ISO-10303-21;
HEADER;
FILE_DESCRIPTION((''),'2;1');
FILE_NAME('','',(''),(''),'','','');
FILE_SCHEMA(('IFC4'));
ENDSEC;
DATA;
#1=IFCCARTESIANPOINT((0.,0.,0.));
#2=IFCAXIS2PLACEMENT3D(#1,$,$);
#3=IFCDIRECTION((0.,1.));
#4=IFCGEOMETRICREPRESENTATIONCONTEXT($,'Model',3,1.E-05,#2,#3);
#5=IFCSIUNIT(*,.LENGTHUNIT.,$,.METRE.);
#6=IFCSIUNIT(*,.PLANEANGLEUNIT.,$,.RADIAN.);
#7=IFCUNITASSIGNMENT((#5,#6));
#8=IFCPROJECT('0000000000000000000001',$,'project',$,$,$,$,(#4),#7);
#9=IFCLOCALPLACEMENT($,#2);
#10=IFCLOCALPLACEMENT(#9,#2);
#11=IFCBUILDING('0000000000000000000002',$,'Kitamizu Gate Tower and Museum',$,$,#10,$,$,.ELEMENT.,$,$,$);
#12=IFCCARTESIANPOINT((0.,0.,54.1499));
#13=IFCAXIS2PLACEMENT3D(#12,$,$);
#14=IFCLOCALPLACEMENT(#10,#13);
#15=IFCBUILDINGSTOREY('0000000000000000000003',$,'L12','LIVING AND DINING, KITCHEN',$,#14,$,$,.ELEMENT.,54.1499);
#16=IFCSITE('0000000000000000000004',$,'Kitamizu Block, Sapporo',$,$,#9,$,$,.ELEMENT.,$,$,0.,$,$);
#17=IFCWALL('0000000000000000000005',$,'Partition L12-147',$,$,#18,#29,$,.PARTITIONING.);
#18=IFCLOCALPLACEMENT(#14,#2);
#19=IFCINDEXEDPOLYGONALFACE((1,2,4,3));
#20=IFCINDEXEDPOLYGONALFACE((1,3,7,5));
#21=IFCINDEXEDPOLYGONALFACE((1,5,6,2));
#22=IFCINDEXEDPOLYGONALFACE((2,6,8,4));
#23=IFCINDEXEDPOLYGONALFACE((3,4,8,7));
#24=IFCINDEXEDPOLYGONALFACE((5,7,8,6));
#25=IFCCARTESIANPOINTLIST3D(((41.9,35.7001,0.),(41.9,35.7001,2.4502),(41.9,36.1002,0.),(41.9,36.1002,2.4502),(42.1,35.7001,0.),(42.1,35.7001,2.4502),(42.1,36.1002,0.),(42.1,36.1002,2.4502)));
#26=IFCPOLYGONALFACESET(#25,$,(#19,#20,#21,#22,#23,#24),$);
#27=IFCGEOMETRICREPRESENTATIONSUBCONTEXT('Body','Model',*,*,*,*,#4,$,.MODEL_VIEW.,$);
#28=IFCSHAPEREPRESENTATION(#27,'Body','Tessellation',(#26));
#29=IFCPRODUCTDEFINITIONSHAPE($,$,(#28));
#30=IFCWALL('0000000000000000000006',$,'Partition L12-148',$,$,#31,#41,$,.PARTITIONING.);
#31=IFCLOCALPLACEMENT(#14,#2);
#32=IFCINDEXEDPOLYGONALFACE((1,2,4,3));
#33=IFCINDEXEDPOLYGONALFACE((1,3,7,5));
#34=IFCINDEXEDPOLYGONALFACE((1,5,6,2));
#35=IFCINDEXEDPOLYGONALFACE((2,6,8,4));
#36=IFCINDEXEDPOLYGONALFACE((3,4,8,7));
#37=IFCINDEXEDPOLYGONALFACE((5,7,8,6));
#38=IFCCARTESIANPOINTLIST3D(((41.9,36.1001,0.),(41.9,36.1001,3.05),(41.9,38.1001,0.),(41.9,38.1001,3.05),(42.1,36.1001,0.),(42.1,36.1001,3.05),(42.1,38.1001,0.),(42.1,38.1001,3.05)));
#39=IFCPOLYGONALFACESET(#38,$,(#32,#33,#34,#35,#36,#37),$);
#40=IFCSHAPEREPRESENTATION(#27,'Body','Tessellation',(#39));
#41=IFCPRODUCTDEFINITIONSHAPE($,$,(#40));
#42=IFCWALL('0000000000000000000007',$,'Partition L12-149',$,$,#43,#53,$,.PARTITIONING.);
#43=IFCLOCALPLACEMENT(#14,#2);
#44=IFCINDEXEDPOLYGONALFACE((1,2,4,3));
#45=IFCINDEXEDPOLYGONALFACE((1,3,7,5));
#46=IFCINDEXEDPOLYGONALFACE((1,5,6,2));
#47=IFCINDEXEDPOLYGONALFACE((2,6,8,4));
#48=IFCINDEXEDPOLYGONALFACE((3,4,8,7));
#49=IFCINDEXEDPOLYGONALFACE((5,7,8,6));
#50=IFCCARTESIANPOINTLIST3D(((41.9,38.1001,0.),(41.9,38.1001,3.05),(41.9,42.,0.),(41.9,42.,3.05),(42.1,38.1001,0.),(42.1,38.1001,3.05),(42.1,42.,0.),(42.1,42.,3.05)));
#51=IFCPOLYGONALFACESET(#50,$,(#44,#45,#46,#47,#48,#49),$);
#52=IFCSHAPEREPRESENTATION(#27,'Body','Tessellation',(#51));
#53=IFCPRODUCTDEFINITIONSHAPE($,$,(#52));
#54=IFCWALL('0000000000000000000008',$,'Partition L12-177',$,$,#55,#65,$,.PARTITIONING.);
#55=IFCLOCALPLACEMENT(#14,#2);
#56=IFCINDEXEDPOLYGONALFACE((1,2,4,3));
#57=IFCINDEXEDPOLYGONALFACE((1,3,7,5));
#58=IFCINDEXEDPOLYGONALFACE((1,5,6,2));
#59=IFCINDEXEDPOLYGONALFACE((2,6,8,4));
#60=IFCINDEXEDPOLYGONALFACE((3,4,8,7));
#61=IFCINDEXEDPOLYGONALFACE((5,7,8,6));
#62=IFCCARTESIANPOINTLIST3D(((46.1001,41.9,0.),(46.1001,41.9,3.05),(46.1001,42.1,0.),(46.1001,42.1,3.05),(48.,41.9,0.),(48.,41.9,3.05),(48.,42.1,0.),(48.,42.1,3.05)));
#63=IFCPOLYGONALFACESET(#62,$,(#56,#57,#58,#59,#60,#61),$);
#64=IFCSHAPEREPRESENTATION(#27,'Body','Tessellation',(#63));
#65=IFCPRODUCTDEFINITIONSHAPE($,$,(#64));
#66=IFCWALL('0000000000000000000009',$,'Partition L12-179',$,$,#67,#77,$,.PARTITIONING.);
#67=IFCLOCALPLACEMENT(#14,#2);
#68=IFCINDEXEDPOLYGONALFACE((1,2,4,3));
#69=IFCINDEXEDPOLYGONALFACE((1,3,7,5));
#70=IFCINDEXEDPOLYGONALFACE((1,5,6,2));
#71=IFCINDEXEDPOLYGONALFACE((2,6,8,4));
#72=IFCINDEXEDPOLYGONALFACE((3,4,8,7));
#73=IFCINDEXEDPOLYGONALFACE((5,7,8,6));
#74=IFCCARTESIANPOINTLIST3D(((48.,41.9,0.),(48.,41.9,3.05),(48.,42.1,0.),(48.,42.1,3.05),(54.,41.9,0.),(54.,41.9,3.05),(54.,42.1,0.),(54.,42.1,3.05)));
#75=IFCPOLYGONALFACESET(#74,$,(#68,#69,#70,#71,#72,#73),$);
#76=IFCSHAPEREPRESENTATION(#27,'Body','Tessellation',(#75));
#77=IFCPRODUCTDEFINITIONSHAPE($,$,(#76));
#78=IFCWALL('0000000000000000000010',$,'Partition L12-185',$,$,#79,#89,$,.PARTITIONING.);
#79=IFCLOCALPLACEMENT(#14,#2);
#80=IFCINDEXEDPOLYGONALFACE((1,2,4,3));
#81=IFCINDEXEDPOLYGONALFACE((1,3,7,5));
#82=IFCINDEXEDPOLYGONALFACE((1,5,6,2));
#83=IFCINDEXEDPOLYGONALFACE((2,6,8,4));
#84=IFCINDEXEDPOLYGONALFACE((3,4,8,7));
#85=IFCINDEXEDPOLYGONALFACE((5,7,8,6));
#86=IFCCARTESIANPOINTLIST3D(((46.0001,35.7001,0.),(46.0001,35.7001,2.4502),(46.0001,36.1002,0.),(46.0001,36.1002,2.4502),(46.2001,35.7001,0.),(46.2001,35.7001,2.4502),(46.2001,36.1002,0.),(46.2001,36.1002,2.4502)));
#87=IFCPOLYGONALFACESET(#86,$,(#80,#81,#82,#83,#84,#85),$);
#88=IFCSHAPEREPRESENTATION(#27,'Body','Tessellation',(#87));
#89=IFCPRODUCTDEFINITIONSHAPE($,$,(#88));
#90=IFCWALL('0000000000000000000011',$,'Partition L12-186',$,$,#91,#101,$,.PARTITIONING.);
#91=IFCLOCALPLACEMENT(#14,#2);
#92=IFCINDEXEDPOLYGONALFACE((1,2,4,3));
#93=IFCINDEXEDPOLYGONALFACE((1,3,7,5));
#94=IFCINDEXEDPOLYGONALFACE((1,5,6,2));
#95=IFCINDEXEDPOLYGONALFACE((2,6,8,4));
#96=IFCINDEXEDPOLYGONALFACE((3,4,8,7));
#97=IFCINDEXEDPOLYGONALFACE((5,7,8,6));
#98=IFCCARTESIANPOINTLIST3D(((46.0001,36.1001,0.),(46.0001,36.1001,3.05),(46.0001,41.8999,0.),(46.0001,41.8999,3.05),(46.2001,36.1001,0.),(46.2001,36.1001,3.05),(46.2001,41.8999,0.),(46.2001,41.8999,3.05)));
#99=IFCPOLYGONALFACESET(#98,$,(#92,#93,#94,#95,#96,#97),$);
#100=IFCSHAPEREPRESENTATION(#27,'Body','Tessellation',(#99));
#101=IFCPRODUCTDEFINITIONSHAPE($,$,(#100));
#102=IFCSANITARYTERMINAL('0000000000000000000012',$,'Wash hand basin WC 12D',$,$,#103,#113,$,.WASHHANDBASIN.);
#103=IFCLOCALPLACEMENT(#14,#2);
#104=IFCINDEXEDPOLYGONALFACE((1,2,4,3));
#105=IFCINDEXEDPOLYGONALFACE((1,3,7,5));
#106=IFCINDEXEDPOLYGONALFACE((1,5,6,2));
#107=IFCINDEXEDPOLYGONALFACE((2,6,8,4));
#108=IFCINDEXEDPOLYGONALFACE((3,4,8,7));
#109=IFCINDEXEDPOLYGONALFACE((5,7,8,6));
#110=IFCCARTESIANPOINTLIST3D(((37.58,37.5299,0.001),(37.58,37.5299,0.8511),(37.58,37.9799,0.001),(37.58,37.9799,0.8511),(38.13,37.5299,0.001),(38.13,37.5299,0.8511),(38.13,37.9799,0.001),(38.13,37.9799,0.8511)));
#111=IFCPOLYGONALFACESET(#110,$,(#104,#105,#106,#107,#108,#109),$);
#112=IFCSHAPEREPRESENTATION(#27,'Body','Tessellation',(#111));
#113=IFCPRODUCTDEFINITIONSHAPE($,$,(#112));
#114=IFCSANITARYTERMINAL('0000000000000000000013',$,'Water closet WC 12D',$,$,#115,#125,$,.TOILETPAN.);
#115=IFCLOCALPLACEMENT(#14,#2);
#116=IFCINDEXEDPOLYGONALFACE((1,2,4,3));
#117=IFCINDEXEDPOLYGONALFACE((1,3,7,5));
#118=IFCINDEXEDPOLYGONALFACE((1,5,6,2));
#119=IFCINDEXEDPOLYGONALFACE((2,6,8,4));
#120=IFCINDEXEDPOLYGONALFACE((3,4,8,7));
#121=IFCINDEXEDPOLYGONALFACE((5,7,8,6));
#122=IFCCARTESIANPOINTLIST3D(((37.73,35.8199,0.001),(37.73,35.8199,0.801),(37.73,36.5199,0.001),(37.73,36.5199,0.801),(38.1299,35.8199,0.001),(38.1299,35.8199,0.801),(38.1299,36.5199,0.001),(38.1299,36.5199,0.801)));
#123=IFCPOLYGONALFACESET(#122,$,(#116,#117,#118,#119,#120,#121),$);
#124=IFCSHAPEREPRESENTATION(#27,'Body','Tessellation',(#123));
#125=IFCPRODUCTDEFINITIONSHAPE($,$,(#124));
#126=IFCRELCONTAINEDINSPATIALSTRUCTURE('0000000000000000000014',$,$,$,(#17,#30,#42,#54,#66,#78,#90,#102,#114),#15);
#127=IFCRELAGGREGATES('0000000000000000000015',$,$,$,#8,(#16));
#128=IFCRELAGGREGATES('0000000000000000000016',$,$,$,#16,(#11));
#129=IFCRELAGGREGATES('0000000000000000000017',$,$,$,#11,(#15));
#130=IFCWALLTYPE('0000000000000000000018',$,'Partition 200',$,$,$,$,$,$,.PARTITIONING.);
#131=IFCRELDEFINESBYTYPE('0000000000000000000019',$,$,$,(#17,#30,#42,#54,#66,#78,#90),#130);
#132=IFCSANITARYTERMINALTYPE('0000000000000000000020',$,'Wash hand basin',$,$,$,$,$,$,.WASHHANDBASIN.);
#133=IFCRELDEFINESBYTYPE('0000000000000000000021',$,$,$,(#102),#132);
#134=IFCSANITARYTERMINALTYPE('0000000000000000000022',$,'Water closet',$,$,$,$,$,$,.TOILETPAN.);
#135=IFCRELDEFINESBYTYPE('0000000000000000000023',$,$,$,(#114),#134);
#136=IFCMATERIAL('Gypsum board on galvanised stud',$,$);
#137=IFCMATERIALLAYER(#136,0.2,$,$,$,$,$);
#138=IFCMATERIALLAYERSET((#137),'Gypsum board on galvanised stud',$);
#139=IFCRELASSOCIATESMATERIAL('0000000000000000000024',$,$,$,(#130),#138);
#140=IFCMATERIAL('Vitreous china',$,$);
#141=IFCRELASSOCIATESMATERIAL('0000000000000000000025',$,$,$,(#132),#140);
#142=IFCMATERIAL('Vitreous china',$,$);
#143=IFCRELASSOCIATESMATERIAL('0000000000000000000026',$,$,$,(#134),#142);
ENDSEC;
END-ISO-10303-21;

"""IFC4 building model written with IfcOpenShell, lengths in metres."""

from ifc_helpers import new_model, si_unit, direction, frame, frame_2d, origin, origin_2d, place, context, subcontext, project, spatial, rectangle, extrude, material, layer, layer_set, type_object, element, save


model = new_model("IFC4")

# Units and contexts
model_context = context("Model", 3, precision=1e-05, world=origin(), true_north=direction((0.0, 1.0)))
body_context = subcontext(model_context, "Body", "Model", "MODEL_VIEW")
ifc_project = project(units=[si_unit("LENGTHUNIT", "METRE"), si_unit("PLANEANGLEUNIT", "RADIAN")], contexts=[model_context])

# Site, building, storey
site_placement = place(None, origin())
site = spatial("IfcSite", under=ifc_project, at=site_placement, Name="Kitamizu Block, Sapporo", CompositionType="ELEMENT", RefElevation=0.0)
building_placement = place(site_placement, origin())
building = spatial("IfcBuilding", under=site, at=building_placement, Name="Kitamizu Gate Tower and Museum", CompositionType="ELEMENT")
storey_placement = place(building_placement, frame((0.0, 0.0, 54.1499)))
storey = spatial("IfcBuildingStorey", under=building, at=storey_placement, Name="L12", Description="LIVING AND DINING, KITCHEN", CompositionType="ELEMENT", Elevation=54.1499)

# Walls
ifc_material_1 = material(Name="Gypsum board on galvanised stud")
ifc_layer_1 = layer(ifc_material_1, 0.2)
ifc_layer_set_1 = layer_set([ifc_layer_1], Name="Gypsum board on galvanised stud")
wall_type_1 = type_object("IfcWallType", Name="Partition 200", PredefinedType="PARTITIONING", material=ifc_layer_set_1)
wall_1_placement = place(storey_placement, frame((42.0, 35.7, 0.0), z_axis=(0.0, 0.0, 1.0), x_axis=(0.0, 1.0, 0.0)))
element("IfcWall", 1, at=wall_1_placement, inside=storey, type_object=wall_type_1, Name="Partition L12-147", PredefinedType="PARTITIONING", context=body_context, shape_type="SweptSolid", body=[
    extrude(rectangle(XDim=0.4001, YDim=0.2, at=frame_2d((0.2002, 0.0))), origin(), (0.0, 0.0, 1.0), 2.4502),
])
wall_2_placement = place(storey_placement, frame((42.0, 36.1001, 0.0), z_axis=(0.0, 0.0, 1.0), x_axis=(0.0, 1.0, 0.0)))
element("IfcWall", 2, at=wall_2_placement, inside=storey, type_object=wall_type_1, Name="Partition L12-148", PredefinedType="PARTITIONING", context=body_context, shape_type="SweptSolid", body=[
    extrude(rectangle(XDim=2.0, YDim=0.2, at=frame_2d((1.0, 0.0))), origin(), (0.0, 0.0, 1.0), 3.05),
])
wall_3_placement = place(storey_placement, frame((42.0, 38.1001, 0.0), z_axis=(0.0, 0.0, 1.0), x_axis=(0.0, 1.0, 0.0)))
element("IfcWall", 3, at=wall_3_placement, inside=storey, type_object=wall_type_1, Name="Partition L12-149", PredefinedType="PARTITIONING", context=body_context, shape_type="SweptSolid", body=[
    extrude(rectangle(XDim=3.8999, YDim=0.2, at=frame_2d((1.95, 0.0))), origin(), (0.0, 0.0, 1.0), 3.05),
])
wall_4_placement = place(storey_placement, frame((46.1001, 42.0, 0.0), z_axis=(0.0, 0.0, 1.0), x_axis=(1.0, 0.0, 0.0)))
element("IfcWall", 4, at=wall_4_placement, inside=storey, type_object=wall_type_1, Name="Partition L12-177", PredefinedType="PARTITIONING", context=body_context, shape_type="SweptSolid", body=[
    extrude(rectangle(XDim=1.8999, YDim=0.2, at=frame_2d((0.95, 0.0))), origin(), (0.0, 0.0, 1.0), 3.05),
])
wall_5_placement = place(storey_placement, frame((48.0, 42.0, 0.0), z_axis=(0.0, 0.0, 1.0), x_axis=(1.0, 0.0, 0.0)))
element("IfcWall", 5, at=wall_5_placement, inside=storey, type_object=wall_type_1, Name="Partition L12-179", PredefinedType="PARTITIONING", context=body_context, shape_type="SweptSolid", body=[
    extrude(rectangle(XDim=6.0, YDim=0.2, at=frame_2d((3.0, 0.0))), origin(), (0.0, 0.0, 1.0), 3.05),
])
wall_6_placement = place(storey_placement, frame((46.1001, 35.7, 0.0), z_axis=(0.0, 0.0, 1.0), x_axis=(0.0, 1.0, 0.0)))
element("IfcWall", 6, at=wall_6_placement, inside=storey, type_object=wall_type_1, Name="Partition L12-185", PredefinedType="PARTITIONING", context=body_context, shape_type="SweptSolid", body=[
    extrude(rectangle(XDim=0.4001, YDim=0.2, at=frame_2d((0.2002, 0.0))), origin(), (0.0, 0.0, 1.0), 2.4502),
])
wall_7_placement = place(storey_placement, frame((46.1001, 36.1001, 0.0), z_axis=(0.0, 0.0, 1.0), x_axis=(0.0, 1.0, 0.0)))
element("IfcWall", 7, at=wall_7_placement, inside=storey, type_object=wall_type_1, Name="Partition L12-186", PredefinedType="PARTITIONING", context=body_context, shape_type="SweptSolid", body=[
    extrude(rectangle(XDim=5.7998, YDim=0.2, at=frame_2d((2.8999, 0.0))), origin(), (0.0, 0.0, 1.0), 3.05),
])

# Sanitary terminals
ifc_material_2 = material(Name="Vitreous china")
sanitary_terminal_type_1 = type_object("IfcSanitaryTerminalType", Name="Wash hand basin", PredefinedType="WASHHANDBASIN", material=ifc_material_2)
sanitary_terminal_1_placement = place(storey_placement, frame((37.855, 37.7549, 0.001), z_axis=(0.0, 0.0, 1.0), x_axis=(1.0, 0.0, 0.0)))
element("IfcSanitaryTerminal", 8, at=sanitary_terminal_1_placement, inside=storey, type_object=sanitary_terminal_type_1, Name="Wash hand basin WC 12D", PredefinedType="WASHHANDBASIN", context=body_context, shape_type="SweptSolid", body=[
    extrude(rectangle(XDim=0.55, YDim=0.45, at=origin_2d()), origin(), (0.0, 0.0, 1.0), 0.8501),
])
ifc_material_3 = material(Name="Vitreous china")
sanitary_terminal_type_2 = type_object("IfcSanitaryTerminalType", Name="Water closet", PredefinedType="TOILETPAN", material=ifc_material_3)
sanitary_terminal_2_placement = place(storey_placement, frame((37.9299, 36.1699, 0.001), z_axis=(0.0, 0.0, 1.0), x_axis=(1.0, 0.0, 0.0)))
element("IfcSanitaryTerminal", 9, at=sanitary_terminal_2_placement, inside=storey, type_object=sanitary_terminal_type_2, Name="Water closet WC 12D", PredefinedType="TOILETPAN", context=body_context, shape_type="SweptSolid", body=[
    extrude(rectangle(XDim=0.3999, YDim=0.7, at=origin_2d()), origin(), (0.0, 0.0, 1.0), 0.8),
])

save(model, "model.ifc")
